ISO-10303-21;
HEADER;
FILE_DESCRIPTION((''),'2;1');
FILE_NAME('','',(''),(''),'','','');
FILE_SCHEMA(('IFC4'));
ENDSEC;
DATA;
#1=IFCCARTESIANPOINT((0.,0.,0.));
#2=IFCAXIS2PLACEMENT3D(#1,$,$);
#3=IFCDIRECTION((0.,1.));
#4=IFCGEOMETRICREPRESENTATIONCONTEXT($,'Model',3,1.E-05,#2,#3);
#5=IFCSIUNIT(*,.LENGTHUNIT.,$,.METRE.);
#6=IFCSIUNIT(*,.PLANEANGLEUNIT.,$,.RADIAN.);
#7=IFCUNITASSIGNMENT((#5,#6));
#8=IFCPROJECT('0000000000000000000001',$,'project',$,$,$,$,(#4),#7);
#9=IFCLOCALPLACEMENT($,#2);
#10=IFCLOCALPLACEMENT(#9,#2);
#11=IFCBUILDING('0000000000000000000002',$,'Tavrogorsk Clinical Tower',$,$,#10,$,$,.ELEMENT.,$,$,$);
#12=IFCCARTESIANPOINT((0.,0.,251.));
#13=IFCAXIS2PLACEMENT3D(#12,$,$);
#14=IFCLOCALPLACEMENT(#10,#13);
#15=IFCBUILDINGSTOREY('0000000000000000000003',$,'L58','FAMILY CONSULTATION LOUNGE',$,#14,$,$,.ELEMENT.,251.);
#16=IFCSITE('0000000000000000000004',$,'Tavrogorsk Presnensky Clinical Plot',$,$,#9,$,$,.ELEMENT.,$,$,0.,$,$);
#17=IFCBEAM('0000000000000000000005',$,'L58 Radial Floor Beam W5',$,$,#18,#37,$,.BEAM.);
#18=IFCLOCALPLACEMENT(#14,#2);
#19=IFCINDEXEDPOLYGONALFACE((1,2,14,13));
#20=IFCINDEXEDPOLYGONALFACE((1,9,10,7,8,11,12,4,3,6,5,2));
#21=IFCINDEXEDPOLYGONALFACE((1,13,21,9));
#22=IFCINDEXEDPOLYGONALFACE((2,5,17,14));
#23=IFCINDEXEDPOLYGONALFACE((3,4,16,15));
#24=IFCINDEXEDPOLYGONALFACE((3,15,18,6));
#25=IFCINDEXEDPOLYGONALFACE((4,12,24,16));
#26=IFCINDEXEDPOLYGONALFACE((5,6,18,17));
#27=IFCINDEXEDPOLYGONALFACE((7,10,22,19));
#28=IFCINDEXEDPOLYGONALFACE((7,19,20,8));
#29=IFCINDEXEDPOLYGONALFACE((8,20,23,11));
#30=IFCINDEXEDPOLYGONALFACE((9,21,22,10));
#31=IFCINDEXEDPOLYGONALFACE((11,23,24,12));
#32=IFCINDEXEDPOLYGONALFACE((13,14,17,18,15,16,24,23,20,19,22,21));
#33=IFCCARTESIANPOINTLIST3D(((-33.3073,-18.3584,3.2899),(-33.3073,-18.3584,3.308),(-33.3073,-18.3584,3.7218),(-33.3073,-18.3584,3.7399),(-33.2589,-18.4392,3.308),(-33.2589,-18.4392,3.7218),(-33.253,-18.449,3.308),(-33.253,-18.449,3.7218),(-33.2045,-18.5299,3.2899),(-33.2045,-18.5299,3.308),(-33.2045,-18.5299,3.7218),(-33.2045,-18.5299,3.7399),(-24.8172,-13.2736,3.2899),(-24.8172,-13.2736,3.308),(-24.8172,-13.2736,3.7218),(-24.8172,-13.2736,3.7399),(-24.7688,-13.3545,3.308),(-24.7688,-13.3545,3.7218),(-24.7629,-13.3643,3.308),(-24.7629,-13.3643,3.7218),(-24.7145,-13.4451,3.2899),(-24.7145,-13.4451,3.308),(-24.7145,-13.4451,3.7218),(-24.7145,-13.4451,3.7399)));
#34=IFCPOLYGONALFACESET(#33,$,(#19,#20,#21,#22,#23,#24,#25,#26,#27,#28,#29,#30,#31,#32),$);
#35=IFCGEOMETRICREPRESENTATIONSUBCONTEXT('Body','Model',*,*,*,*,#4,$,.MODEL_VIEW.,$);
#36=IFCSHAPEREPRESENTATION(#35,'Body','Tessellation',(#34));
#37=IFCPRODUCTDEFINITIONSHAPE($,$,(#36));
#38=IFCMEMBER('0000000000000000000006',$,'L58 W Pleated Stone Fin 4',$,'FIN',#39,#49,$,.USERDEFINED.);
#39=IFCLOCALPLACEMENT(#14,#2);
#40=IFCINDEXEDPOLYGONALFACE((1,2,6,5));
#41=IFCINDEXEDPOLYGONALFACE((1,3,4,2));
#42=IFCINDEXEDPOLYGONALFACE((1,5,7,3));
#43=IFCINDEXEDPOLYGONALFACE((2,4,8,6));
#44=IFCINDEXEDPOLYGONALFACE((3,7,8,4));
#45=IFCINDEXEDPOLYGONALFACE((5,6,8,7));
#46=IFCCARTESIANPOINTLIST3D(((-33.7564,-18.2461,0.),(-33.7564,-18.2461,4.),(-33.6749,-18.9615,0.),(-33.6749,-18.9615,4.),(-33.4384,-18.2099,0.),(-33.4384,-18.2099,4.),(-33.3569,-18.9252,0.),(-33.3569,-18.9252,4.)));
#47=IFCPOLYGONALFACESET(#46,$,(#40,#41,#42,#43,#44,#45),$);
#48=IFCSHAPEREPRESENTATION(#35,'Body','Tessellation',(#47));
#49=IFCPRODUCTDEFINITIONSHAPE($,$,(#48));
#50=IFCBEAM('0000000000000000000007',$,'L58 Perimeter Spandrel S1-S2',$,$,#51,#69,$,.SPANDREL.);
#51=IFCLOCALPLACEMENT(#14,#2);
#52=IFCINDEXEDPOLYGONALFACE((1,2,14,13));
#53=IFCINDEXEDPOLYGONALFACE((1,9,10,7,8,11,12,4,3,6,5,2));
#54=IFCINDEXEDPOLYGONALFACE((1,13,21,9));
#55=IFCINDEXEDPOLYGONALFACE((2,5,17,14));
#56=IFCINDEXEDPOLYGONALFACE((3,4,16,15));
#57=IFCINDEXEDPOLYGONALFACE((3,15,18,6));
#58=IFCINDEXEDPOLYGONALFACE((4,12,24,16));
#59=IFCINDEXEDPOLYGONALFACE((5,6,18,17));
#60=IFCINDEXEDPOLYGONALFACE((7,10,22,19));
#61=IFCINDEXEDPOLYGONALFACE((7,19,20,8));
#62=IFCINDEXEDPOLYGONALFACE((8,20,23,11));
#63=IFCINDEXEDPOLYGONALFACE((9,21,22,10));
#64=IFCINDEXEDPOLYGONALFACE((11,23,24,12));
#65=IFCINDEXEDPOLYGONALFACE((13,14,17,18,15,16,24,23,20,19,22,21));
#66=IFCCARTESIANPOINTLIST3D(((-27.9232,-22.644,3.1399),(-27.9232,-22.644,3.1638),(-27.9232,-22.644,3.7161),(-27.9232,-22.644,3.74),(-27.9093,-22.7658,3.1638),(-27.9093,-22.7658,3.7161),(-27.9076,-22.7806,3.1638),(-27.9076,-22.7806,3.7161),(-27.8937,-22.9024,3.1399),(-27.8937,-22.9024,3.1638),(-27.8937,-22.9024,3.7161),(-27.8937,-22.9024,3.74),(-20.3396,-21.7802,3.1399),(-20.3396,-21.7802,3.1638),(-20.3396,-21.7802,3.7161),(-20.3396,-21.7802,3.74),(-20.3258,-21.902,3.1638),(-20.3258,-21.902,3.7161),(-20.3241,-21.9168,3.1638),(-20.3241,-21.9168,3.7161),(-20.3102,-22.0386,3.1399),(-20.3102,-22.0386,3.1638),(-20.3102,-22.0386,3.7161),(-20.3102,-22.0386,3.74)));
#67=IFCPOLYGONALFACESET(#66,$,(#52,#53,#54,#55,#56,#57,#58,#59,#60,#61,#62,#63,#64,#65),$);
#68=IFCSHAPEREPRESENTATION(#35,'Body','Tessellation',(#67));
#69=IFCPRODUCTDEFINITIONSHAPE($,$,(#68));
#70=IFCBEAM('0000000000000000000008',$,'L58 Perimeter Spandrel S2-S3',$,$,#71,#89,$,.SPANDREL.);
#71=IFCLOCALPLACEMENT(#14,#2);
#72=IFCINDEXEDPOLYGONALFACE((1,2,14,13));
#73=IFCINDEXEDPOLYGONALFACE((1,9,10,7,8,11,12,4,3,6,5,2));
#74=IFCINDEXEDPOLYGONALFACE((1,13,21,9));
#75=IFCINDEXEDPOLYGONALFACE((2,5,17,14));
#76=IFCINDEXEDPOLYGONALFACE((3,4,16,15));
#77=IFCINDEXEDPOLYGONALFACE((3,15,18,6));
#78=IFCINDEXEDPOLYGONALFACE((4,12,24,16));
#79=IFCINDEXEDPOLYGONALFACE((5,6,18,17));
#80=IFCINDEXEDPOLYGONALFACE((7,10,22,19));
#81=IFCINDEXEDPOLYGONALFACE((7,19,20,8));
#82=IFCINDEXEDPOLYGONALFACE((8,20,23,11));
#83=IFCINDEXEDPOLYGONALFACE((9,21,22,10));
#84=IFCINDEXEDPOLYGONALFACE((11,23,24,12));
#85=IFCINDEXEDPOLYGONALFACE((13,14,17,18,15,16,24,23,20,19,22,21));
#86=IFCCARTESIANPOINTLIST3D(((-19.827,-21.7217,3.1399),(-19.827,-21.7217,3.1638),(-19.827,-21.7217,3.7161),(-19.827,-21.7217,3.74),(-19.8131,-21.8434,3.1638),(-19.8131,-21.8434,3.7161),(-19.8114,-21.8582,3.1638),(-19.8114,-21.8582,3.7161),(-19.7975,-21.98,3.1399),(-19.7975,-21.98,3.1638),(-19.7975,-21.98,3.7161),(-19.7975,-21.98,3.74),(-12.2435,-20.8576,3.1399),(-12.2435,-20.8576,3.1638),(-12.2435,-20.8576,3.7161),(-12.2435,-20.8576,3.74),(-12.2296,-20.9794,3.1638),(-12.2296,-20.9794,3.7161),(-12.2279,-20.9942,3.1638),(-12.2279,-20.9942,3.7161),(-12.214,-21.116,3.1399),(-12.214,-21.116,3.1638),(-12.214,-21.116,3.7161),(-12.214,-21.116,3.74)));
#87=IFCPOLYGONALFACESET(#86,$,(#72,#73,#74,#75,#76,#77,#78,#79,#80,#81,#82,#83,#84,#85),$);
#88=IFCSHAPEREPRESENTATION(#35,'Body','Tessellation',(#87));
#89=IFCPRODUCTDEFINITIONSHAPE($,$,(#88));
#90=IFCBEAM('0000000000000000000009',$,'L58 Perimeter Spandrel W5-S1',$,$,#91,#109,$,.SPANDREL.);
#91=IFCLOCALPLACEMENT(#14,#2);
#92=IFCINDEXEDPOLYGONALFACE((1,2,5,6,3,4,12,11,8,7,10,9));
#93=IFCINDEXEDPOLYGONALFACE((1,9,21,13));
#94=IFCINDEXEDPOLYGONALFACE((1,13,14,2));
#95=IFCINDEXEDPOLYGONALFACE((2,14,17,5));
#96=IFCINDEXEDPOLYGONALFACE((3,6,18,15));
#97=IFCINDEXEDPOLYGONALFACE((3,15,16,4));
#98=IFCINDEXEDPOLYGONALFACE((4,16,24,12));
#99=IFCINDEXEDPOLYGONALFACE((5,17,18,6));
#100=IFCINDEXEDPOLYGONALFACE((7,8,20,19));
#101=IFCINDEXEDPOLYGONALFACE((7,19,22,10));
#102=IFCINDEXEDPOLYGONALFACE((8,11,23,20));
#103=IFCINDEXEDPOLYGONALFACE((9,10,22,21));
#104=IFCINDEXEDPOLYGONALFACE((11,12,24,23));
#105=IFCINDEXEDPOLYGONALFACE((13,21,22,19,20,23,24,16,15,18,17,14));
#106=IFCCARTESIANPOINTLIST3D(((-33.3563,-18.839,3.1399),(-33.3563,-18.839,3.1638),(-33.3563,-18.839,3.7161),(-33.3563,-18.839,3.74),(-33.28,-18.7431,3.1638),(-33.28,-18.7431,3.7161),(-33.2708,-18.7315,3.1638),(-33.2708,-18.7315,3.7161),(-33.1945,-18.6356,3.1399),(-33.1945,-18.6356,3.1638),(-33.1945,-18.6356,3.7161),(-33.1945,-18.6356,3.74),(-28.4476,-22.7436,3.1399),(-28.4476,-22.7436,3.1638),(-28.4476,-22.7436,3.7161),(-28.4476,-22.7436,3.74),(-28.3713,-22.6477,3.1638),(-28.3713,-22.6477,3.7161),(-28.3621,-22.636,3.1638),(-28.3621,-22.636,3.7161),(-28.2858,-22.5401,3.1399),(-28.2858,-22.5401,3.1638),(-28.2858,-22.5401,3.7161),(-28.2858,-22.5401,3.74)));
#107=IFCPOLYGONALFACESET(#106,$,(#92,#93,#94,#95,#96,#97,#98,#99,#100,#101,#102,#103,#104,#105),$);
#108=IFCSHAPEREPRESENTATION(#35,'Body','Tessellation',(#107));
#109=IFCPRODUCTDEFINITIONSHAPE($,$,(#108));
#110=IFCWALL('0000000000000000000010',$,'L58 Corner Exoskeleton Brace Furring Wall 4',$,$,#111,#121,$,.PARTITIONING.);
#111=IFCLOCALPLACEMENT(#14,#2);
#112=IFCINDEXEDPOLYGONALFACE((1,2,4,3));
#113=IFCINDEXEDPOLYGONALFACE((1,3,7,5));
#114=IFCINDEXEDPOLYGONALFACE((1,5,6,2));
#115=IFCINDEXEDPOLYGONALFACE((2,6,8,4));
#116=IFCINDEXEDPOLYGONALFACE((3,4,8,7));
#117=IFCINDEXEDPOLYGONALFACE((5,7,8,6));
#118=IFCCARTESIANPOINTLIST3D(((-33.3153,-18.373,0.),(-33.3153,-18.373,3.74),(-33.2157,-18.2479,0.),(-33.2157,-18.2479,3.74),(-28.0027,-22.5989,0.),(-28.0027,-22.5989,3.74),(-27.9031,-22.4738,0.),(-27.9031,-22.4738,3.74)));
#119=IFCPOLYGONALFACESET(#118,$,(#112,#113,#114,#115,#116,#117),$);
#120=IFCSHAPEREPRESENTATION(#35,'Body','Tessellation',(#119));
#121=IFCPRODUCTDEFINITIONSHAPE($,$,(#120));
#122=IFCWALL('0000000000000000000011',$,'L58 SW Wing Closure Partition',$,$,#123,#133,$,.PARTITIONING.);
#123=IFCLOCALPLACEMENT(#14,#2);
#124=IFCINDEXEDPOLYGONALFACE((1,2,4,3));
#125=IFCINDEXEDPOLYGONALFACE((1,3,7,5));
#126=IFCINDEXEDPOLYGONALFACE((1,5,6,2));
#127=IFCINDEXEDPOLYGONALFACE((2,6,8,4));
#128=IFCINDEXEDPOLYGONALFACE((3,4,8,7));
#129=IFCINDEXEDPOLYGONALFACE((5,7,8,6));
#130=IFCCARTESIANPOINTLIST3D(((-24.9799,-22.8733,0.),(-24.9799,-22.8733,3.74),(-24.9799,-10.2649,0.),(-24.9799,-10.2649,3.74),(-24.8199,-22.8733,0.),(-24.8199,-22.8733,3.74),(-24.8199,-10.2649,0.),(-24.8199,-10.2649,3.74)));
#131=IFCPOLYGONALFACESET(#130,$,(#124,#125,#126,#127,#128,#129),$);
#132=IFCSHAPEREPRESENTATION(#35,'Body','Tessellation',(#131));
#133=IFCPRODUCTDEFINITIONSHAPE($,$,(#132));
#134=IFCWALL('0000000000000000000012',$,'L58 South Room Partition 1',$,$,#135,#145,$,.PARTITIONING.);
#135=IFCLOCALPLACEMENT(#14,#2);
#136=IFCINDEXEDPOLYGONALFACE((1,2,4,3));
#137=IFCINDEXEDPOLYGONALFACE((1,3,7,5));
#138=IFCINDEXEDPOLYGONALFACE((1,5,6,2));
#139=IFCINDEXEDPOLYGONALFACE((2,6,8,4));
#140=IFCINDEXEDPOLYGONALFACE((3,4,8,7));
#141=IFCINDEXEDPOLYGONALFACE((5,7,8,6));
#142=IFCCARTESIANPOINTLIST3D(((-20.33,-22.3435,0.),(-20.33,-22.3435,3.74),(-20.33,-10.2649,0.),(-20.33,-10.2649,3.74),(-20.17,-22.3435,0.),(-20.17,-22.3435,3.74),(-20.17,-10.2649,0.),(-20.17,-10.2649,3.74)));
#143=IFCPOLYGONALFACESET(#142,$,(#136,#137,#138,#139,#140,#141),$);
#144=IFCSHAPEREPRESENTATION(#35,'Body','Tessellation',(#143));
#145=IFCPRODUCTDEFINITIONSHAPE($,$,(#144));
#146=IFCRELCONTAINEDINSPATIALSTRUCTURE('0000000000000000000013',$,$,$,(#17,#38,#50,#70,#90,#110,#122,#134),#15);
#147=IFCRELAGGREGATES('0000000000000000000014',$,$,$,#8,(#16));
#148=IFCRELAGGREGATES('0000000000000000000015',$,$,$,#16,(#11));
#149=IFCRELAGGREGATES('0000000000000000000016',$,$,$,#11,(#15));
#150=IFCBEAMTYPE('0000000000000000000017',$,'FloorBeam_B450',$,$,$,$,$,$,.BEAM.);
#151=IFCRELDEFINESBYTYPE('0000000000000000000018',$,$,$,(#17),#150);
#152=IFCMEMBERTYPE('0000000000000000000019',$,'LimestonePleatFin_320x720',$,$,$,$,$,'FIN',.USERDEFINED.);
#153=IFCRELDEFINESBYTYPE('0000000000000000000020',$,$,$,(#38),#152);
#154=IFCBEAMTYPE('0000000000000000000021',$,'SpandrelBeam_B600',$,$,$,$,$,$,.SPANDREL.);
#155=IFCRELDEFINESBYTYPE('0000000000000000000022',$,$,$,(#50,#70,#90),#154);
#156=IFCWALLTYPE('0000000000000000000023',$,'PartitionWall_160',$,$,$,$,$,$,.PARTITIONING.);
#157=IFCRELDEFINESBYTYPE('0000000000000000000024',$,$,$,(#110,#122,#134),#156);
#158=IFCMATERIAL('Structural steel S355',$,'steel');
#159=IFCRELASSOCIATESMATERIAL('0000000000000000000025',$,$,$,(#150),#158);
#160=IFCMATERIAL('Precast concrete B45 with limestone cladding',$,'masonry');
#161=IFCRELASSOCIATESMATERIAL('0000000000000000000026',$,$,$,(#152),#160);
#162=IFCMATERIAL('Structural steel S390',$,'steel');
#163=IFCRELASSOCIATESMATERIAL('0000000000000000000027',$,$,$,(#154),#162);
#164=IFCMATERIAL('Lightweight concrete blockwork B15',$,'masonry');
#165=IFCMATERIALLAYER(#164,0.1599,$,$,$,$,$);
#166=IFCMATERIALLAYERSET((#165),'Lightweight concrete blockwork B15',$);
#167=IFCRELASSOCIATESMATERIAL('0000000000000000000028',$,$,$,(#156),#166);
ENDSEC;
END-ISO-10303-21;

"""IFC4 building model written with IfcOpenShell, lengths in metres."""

from ifc_helpers import new_model, si_unit, direction, frame, frame_2d, origin, origin_2d, place, context, subcontext, project, spatial, rectangle, i_section, extrude, material, layer, layer_set, material_profile, profile_set, type_object, element, save


model = new_model("IFC4")

# Units and contexts
model_context = context("Model", 3, precision=1e-05, world=origin(), true_north=direction((0.0, 1.0)))
body_context = subcontext(model_context, "Body", "Model", "MODEL_VIEW")
ifc_project = project(units=[si_unit("LENGTHUNIT", "METRE"), si_unit("PLANEANGLEUNIT", "RADIAN")], contexts=[model_context])

# Site, building, storey
site_placement = place(None, origin())
site = spatial("IfcSite", under=ifc_project, at=site_placement, Name="Tavrogorsk Presnensky Clinical Plot", CompositionType="ELEMENT", RefElevation=0.0)
building_placement = place(site_placement, origin())
building = spatial("IfcBuilding", under=site, at=building_placement, Name="Tavrogorsk Clinical Tower", CompositionType="ELEMENT")
storey_placement = place(building_placement, frame((0.0, 0.0, 251.0)))
storey = spatial("IfcBuildingStorey", under=building, at=storey_placement, Name="L58", Description="FAMILY CONSULTATION LOUNGE", CompositionType="ELEMENT", Elevation=251.0)

# Beam
ifc_material_1 = material(Name="Structural steel S355", Category="steel")
ifc_material_profile_1 = material_profile(ifc_material_1, i_section(OverallWidth=0.2, OverallDepth=0.45, WebThickness=0.0115, FlangeThickness=0.0181, at=origin_2d()), Name="B-450x200x11.5x18")
ifc_profile_set_1 = profile_set([ifc_material_profile_1], Name="Structural steel S355")
beam_type_1 = type_object("IfcBeamType", Name="FloorBeam_B450", PredefinedType="BEAM", material=ifc_profile_set_1)
beam_1_placement = place(storey_placement, frame((-24.7659, -13.3594, 3.5149), z_axis=(-0.857906, -0.513806, 0.0), x_axis=(0.513806, -0.857906, 0.0)))
element("IfcBeam", 1, at=beam_1_placement, inside=storey, type_object=beam_type_1, Name="L58 Radial Floor Beam W5", PredefinedType="BEAM", context=body_context, shape_type="SweptSolid", body=[
    extrude(i_section(OverallWidth=0.2, OverallDepth=0.45, WebThickness=0.0115, FlangeThickness=0.0181, at=origin_2d()), origin(), (0.0, 0.0, 1.0), 9.8962),
])

# Member
ifc_material_2 = material(Name="Precast concrete B45 with limestone cladding", Category="masonry")
ifc_material_profile_2 = material_profile(ifc_material_2, rectangle(XDim=0.3201, YDim=0.72, at=origin_2d()), Name="LIMESTONE-FIN-320x720")
ifc_profile_set_2 = profile_set([ifc_material_profile_2], Name="Precast concrete B45 with limestone cladding")
member_type_1 = type_object("IfcMemberType", Name="LimestonePleatFin_320x720", ElementType="FIN", PredefinedType="USERDEFINED", material=ifc_profile_set_2)
member_1_placement = place(storey_placement, frame((-33.5566, -18.5857, 0.0), z_axis=(0.0, 0.0, 1.0), x_axis=(0.993572, 0.113203, 0.0)))
element("IfcMember", 2, at=member_1_placement, inside=storey, type_object=member_type_1, Name="L58 W Pleated Stone Fin 4", ObjectType="FIN", PredefinedType="USERDEFINED", context=body_context, shape_type="SweptSolid", body=[
    extrude(rectangle(XDim=0.3201, YDim=0.72, at=origin_2d()), origin(), (0.0, 0.0, 1.0), 4.0),
])

# Beams
ifc_material_3 = material(Name="Structural steel S390", Category="steel")
ifc_material_profile_3 = material_profile(ifc_material_3, i_section(OverallWidth=0.26, OverallDepth=0.6001, WebThickness=0.0149, FlangeThickness=0.0239, at=origin_2d()), Name="B-600x260x15x24")
ifc_profile_set_3 = profile_set([ifc_material_profile_3], Name="Structural steel S390")
beam_type_2 = type_object("IfcBeamType", Name="SpandrelBeam_B600", PredefinedType="SPANDREL", material=ifc_profile_set_3)
for number, where, z_axis, x_axis, name in (
    (3, (-27.9084, -22.7732, 3.4399), (0.993576, 0.113169, 0.0), (-0.113169, 0.993576, 0.0), "L58 Perimeter Spandrel S1-S2"),
    (4, (-19.8123, -21.8508, 3.4399), (0.993572, 0.113201, 0.0), (-0.113201, 0.993572, 0.0), "L58 Perimeter Spandrel S2-S3"),
):
    element("IfcBeam", number, at=place(storey_placement, frame(where, z_axis=z_axis, x_axis=x_axis)), inside=storey, type_object=beam_type_2, Name=name, PredefinedType="SPANDREL", context=body_context, shape_type="SweptSolid", body=[
        extrude(i_section(OverallWidth=0.26, OverallDepth=0.6001, WebThickness=0.0149, FlangeThickness=0.0239, at=origin_2d()), origin(), (0.0, 0.0, 1.0), 7.6326),
    ])
beam_2_placement = place(storey_placement, frame((-33.2754, -18.7373, 3.4399), z_axis=(0.782609, -0.622514, 0.0), x_axis=(0.622514, 0.782609, 0.0)))
element("IfcBeam", 5, at=beam_2_placement, inside=storey, type_object=beam_type_2, Name="L58 Perimeter Spandrel W5-S1", PredefinedType="SPANDREL", context=body_context, shape_type="SweptSolid", body=[
    extrude(i_section(OverallWidth=0.26, OverallDepth=0.6001, WebThickness=0.0149, FlangeThickness=0.0239, at=origin_2d()), origin(), (0.0, 0.0, 1.0), 6.2722),
])

# Walls
ifc_material_4 = material(Name="Lightweight concrete blockwork B15", Category="masonry")
ifc_layer_1 = layer(ifc_material_4, 0.1599)
ifc_layer_set_1 = layer_set([ifc_layer_1], Name="Lightweight concrete blockwork B15")
wall_type_1 = type_object("IfcWallType", Name="PartitionWall_160", PredefinedType="PARTITIONING", material=ifc_layer_set_1)
wall_1_placement = place(storey_placement, frame((-33.2654, -18.3105, 0.0), z_axis=(0.0, 0.0, 1.0), x_axis=(0.782603, -0.622522, 0.0)))
element("IfcWall", 6, at=wall_1_placement, inside=storey, type_object=wall_type_1, Name="L58 Corner Exoskeleton Brace Furring Wall 4", PredefinedType="PARTITIONING", context=body_context, shape_type="SweptSolid", body=[
    extrude(rectangle(XDim=6.7883, YDim=0.1599, at=frame_2d((3.394, 0.0))), origin(), (0.0, 0.0, 1.0), 3.74),
])
wall_2_placement = place(storey_placement, frame((-24.8999, -22.8733, 0.0), z_axis=(0.0, 0.0, 1.0), x_axis=(0.0, 1.0, 0.0)))
element("IfcWall", 7, at=wall_2_placement, inside=storey, type_object=wall_type_1, Name="L58 SW Wing Closure Partition", PredefinedType="PARTITIONING", context=body_context, shape_type="SweptSolid", body=[
    extrude(rectangle(XDim=12.6084, YDim=0.1599, at=frame_2d((6.3042, 0.0))), origin(), (0.0, 0.0, 1.0), 3.74),
])
wall_3_placement = place(storey_placement, frame((-20.25, -22.3435, 0.0), z_axis=(0.0, 0.0, 1.0), x_axis=(0.0, 1.0, 0.0)))
element("IfcWall", 8, at=wall_3_placement, inside=storey, type_object=wall_type_1, Name="L58 South Room Partition 1", PredefinedType="PARTITIONING", context=body_context, shape_type="SweptSolid", body=[
    extrude(rectangle(XDim=12.0786, YDim=0.1599, at=frame_2d((6.0393, 0.0))), origin(), (0.0, 0.0, 1.0), 3.74),
])

save(model, "model.ifc")
